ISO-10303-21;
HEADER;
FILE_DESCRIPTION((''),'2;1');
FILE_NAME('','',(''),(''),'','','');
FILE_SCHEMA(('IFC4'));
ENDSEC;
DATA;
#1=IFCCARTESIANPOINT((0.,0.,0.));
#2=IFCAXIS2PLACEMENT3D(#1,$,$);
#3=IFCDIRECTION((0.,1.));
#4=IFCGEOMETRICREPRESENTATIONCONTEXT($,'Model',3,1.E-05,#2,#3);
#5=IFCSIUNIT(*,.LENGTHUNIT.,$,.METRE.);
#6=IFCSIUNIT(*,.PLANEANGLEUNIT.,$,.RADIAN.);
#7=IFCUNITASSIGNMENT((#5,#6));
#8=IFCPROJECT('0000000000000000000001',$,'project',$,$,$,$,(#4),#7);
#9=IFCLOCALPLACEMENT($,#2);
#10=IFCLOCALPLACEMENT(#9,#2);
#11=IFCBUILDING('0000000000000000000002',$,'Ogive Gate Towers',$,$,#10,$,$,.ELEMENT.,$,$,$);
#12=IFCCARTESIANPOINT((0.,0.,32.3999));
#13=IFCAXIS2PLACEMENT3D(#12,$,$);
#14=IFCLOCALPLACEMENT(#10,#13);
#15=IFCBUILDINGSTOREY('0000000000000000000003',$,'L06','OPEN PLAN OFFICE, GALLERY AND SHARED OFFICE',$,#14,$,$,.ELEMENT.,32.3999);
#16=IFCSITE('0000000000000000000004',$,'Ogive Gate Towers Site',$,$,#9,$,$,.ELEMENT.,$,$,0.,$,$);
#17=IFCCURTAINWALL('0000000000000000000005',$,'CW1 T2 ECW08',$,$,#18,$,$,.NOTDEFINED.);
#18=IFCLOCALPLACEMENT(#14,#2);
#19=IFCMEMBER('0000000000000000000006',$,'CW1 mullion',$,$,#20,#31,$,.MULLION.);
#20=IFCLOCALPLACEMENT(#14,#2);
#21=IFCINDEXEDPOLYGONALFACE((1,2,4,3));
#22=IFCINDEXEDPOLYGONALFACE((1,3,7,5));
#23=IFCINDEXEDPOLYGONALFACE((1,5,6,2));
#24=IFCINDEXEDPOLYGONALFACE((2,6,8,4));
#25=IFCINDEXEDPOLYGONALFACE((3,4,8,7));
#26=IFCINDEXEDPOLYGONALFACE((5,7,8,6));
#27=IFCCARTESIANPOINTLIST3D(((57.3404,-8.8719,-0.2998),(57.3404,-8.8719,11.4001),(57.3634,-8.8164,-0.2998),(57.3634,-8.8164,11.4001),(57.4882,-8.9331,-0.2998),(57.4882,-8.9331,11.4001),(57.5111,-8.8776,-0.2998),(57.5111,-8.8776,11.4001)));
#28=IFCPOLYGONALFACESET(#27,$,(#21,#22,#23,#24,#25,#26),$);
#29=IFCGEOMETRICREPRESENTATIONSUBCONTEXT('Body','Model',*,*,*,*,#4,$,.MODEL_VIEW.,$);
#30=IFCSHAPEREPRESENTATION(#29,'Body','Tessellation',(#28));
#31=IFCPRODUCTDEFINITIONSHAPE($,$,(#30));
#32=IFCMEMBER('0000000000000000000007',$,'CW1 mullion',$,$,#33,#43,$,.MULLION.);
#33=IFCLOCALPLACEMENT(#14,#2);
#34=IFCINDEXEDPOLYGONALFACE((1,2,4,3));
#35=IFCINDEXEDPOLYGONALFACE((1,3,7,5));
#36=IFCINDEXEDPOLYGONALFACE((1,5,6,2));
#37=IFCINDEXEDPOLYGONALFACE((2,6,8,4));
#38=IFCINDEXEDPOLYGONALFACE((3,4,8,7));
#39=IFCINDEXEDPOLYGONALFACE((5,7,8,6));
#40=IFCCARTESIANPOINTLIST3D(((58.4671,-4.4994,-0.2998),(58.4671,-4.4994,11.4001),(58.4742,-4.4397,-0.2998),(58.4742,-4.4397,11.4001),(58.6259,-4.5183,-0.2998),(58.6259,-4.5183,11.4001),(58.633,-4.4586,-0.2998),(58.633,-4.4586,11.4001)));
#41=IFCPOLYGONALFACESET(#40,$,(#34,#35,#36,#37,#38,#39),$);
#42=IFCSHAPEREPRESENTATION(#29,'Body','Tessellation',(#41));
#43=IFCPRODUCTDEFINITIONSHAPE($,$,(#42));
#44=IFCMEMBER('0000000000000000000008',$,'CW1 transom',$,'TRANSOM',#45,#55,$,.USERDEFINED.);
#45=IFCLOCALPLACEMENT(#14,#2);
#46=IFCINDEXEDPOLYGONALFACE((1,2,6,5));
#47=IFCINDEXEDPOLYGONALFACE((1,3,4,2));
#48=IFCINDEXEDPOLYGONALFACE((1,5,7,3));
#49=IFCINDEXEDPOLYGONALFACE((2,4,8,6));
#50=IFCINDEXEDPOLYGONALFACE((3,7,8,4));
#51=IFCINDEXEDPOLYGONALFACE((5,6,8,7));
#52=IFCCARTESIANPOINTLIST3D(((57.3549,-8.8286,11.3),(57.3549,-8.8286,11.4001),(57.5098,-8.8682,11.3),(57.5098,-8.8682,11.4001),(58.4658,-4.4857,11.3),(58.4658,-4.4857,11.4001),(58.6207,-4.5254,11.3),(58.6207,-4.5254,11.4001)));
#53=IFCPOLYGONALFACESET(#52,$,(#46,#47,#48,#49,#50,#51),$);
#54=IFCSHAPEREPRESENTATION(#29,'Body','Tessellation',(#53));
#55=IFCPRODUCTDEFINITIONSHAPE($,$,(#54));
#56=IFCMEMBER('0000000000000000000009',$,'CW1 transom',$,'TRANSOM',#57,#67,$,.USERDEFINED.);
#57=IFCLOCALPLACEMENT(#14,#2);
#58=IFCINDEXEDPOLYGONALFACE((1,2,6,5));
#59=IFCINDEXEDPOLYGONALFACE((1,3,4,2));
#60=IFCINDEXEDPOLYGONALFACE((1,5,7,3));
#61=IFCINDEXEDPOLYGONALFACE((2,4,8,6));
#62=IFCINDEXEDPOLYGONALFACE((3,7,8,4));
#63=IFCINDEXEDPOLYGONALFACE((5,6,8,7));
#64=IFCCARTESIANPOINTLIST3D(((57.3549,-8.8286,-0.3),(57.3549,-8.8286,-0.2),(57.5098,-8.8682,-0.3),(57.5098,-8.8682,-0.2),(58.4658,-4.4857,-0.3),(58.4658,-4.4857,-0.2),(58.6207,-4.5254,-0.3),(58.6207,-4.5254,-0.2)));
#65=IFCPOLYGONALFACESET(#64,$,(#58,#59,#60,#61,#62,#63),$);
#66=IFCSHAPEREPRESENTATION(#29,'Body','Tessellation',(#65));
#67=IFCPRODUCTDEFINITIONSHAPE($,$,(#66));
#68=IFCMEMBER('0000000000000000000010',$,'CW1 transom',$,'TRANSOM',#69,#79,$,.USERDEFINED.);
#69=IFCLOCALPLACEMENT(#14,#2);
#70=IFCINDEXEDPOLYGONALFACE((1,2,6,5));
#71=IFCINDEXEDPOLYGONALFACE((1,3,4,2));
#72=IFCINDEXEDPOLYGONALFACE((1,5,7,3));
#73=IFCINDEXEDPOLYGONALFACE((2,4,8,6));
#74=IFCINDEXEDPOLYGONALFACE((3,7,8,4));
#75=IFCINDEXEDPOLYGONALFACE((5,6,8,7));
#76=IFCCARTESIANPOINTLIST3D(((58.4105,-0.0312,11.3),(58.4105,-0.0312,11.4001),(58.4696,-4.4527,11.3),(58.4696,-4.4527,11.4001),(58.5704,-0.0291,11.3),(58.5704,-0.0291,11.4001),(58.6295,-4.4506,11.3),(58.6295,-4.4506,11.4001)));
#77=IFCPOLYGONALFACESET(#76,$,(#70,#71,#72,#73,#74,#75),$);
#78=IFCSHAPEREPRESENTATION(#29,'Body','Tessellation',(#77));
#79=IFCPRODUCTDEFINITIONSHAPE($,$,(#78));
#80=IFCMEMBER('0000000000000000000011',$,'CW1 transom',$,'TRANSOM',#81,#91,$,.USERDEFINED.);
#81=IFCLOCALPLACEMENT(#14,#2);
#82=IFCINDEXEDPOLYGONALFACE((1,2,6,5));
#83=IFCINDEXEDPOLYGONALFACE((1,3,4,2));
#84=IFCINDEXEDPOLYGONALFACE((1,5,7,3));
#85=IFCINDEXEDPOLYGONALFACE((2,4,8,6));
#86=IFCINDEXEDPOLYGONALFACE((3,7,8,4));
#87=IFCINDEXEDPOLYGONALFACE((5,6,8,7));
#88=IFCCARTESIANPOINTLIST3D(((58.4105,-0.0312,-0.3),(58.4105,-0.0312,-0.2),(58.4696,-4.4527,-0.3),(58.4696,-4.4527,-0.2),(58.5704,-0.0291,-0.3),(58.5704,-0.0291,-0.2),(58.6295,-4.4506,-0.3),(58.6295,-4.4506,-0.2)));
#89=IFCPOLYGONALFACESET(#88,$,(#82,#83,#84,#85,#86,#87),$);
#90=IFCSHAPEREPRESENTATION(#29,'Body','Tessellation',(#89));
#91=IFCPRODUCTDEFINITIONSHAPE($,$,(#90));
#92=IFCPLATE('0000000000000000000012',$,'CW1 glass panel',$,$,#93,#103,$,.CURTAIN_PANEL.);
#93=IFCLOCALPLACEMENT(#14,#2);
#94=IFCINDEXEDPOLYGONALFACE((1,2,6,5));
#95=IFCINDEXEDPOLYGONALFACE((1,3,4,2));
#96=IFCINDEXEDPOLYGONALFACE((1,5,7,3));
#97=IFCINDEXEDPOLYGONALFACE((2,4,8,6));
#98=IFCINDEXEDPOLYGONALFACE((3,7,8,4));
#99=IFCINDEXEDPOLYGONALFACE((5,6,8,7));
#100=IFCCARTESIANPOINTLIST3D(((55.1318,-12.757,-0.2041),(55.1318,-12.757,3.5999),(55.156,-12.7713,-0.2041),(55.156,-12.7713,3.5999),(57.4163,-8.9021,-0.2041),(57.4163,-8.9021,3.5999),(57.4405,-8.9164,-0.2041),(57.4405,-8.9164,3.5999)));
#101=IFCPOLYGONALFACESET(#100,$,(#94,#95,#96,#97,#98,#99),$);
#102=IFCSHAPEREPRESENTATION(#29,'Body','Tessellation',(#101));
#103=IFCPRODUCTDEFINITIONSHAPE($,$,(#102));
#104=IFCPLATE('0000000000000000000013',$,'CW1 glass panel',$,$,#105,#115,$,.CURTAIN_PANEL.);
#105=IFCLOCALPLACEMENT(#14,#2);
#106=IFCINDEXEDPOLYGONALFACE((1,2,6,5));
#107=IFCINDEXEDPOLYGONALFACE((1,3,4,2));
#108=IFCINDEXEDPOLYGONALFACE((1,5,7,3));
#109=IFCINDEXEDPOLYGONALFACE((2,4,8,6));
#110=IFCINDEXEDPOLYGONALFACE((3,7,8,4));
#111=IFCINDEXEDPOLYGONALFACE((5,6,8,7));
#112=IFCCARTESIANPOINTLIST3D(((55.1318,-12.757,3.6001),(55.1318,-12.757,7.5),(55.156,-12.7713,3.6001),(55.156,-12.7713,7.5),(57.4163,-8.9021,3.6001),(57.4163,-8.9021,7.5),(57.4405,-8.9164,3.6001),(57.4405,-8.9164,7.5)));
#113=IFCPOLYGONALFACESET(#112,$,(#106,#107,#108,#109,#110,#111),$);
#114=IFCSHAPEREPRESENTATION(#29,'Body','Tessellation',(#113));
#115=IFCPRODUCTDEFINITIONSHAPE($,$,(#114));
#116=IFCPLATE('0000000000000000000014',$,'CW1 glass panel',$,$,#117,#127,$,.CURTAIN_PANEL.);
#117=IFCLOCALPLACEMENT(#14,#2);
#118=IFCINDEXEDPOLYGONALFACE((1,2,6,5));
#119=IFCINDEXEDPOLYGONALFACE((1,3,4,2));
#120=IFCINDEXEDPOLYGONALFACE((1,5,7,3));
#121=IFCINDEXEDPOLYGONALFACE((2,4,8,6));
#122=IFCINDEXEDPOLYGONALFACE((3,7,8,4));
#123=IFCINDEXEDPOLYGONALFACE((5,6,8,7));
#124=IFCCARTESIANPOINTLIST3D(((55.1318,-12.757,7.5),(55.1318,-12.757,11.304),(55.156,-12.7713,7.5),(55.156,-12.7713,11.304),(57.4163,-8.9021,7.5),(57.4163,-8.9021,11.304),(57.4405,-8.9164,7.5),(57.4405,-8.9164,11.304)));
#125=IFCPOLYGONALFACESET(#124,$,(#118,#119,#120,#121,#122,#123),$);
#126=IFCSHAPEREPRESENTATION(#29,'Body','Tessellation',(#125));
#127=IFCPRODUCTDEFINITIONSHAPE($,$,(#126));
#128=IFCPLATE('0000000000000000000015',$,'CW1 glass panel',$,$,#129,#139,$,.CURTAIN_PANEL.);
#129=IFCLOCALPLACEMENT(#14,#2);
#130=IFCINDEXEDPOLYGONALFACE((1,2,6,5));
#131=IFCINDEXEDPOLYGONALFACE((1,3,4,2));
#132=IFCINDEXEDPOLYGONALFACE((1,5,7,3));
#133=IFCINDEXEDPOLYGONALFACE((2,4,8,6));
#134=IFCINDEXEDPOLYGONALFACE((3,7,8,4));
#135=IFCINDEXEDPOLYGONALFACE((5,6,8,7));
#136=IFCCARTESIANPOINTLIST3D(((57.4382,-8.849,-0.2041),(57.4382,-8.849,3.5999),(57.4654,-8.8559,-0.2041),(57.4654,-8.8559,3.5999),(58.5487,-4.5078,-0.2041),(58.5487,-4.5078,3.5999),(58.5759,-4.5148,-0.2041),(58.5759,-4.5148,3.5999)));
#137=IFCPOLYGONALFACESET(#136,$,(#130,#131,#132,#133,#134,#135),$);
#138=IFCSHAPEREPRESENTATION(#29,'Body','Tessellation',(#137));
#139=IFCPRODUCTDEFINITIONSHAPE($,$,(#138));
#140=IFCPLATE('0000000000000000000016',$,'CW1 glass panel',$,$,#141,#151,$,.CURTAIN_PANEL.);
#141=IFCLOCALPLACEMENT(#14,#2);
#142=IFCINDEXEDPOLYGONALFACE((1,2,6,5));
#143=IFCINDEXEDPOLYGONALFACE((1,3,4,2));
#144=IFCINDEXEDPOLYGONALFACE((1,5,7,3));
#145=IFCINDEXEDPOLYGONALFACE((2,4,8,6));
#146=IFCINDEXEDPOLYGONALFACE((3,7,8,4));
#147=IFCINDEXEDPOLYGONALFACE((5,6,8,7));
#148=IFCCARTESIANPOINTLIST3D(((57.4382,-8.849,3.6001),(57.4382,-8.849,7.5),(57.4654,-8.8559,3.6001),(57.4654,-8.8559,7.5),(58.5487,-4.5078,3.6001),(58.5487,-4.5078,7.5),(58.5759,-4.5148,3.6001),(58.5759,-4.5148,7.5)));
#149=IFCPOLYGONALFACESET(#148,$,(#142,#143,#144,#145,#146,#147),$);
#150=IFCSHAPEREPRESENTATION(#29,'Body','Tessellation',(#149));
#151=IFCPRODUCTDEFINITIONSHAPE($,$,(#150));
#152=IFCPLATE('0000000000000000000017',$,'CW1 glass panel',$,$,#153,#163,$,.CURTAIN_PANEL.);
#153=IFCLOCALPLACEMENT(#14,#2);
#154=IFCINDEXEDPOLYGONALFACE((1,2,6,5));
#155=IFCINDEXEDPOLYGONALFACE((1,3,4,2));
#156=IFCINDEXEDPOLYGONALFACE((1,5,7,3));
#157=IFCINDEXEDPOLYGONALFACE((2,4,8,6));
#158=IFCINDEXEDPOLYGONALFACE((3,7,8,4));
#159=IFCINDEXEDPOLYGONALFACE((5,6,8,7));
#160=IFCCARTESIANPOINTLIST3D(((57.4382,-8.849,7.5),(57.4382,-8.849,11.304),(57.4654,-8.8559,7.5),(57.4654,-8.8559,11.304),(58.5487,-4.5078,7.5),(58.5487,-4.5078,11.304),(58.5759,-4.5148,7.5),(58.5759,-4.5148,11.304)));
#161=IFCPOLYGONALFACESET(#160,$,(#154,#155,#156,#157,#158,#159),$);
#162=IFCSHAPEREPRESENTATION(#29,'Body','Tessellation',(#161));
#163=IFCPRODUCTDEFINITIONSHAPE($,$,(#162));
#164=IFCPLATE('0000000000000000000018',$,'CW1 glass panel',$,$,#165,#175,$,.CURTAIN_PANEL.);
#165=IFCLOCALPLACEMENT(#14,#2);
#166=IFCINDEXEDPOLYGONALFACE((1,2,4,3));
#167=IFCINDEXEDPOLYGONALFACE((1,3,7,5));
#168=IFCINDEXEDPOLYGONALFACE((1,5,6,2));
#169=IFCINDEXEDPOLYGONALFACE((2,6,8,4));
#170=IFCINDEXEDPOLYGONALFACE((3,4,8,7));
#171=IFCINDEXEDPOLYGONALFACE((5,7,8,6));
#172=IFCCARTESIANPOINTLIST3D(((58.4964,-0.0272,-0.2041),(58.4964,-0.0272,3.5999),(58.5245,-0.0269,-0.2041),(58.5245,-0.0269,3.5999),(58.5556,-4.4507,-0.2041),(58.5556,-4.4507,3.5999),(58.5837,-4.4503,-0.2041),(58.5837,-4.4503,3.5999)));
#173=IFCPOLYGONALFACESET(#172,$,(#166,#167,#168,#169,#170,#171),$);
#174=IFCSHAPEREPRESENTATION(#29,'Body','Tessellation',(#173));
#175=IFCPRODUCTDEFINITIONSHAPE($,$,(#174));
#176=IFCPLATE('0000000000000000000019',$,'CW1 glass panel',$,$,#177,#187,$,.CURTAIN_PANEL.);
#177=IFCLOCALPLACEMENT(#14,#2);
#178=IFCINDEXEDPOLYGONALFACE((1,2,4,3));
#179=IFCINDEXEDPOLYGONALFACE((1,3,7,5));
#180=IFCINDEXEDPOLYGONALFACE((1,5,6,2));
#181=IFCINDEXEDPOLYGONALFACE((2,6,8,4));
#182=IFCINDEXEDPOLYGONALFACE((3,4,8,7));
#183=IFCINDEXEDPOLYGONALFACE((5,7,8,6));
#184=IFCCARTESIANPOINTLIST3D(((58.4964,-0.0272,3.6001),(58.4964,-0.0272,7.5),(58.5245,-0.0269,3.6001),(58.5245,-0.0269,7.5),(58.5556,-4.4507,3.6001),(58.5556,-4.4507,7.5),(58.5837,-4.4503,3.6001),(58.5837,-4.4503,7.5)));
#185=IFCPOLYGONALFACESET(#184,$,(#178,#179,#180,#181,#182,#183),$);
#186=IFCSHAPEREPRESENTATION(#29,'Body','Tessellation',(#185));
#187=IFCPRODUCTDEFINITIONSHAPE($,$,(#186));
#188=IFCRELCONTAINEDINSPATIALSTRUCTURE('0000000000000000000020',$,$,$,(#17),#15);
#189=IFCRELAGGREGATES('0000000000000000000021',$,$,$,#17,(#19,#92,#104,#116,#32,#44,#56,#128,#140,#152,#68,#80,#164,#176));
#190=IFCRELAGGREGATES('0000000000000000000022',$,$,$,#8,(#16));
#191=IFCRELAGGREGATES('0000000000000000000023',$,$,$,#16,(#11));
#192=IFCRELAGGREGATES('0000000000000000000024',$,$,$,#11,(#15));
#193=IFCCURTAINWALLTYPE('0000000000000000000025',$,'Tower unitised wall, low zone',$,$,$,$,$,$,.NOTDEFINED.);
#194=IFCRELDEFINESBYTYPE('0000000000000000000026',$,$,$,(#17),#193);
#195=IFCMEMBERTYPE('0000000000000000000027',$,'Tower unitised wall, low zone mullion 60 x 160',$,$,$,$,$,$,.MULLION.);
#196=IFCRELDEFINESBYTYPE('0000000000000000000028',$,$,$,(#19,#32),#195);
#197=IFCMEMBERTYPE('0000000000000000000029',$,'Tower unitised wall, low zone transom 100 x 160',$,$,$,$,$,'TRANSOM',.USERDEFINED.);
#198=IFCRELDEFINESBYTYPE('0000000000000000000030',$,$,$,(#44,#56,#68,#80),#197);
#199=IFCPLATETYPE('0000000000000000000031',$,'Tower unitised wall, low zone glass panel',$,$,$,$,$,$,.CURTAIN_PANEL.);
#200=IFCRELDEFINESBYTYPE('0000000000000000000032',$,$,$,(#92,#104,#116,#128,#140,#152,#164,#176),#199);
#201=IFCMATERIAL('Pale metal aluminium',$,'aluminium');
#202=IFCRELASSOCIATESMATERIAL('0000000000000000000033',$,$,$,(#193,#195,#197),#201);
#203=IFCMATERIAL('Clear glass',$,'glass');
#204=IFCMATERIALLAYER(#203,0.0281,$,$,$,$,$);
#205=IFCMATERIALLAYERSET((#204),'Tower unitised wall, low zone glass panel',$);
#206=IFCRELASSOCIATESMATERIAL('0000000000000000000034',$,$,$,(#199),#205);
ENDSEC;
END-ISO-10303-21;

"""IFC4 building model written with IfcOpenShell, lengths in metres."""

from ifc_helpers import new_model, si_unit, direction, frame, origin, origin_2d, place, context, subcontext, project, spatial, rectangle, extrude, material, layer, layer_set, material_profile, profile_set, type_object, element, aggregate, save


model = new_model("IFC4")

# Units and contexts
model_context = context("Model", 3, precision=1e-05, world=origin(), true_north=direction((0.0, 1.0)))
body_context = subcontext(model_context, "Body", "Model", "MODEL_VIEW")
ifc_project = project(units=[si_unit("LENGTHUNIT", "METRE"), si_unit("PLANEANGLEUNIT", "RADIAN")], contexts=[model_context])

# Site, building, storey
site_placement = place(None, origin())
site = spatial("IfcSite", under=ifc_project, at=site_placement, Name="Ogive Gate Towers Site", CompositionType="ELEMENT", RefElevation=0.0)
building_placement = place(site_placement, origin())
building = spatial("IfcBuilding", under=site, at=building_placement, Name="Ogive Gate Towers", CompositionType="ELEMENT")
storey_placement = place(building_placement, frame((0.0, 0.0, 32.3999)))
storey = spatial("IfcBuildingStorey", under=building, at=storey_placement, Name="L06", Description="OPEN PLAN OFFICE, GALLERY AND SHARED OFFICE", CompositionType="ELEMENT", Elevation=32.3999)

# Curtain wall, members, plates
ifc_material_1 = material(Name="Pale metal aluminium", Category="aluminium")
curtain_wall_type = type_object("IfcCurtainWallType", Name="Tower unitised wall, low zone", PredefinedType="NOTDEFINED", material=ifc_material_1)
curtain_wall_placement = place(storey_placement, origin())
curtain_wall = element("IfcCurtainWall", 1, at=curtain_wall_placement, inside=storey, type_object=curtain_wall_type, Name="CW1 T2 ECW08", PredefinedType="NOTDEFINED")
ifc_material_profile_1 = material_profile(ifc_material_1, rectangle(XDim=0.1599, YDim=0.0601, at=origin_2d()), Name="60 x 160 aluminium box")
ifc_profile_set_1 = profile_set([ifc_material_profile_1], Name="Pale metal aluminium")
member_type_1 = type_object("IfcMemberType", Name="Tower unitised wall, low zone mullion 60 x 160", PredefinedType="MULLION", material=ifc_profile_set_1)
member_1_placement = place(storey_placement, frame((57.4258, -8.8748, -0.2998), z_axis=(0.0, 0.0, 1.0), x_axis=(0.92388, -0.382683, 0.0)))
member_1 = element("IfcMember", 2, at=member_1_placement, type_object=member_type_1, Name="CW1 mullion", PredefinedType="MULLION", context=body_context, shape_type="SweptSolid", body=[
    extrude(rectangle(XDim=0.1599, YDim=0.0601, at=origin_2d()), origin(), (0.0, 0.0, 1.0), 11.7),
])
member_2_placement = place(storey_placement, frame((58.55, -4.479, -0.2998), z_axis=(0.0, 0.0, 1.0), x_axis=(0.992984, -0.118248, 0.0)))
member_2 = element("IfcMember", 3, at=member_2_placement, type_object=member_type_1, Name="CW1 mullion", PredefinedType="MULLION", context=body_context, shape_type="SweptSolid", body=[
    extrude(rectangle(XDim=0.1599, YDim=0.0601, at=origin_2d()), origin(), (0.0, 0.0, 1.0), 11.7),
])
ifc_material_profile_2 = material_profile(ifc_material_1, rectangle(XDim=0.1599, YDim=0.1001, at=origin_2d()), Name="100 x 160 aluminium box")
ifc_profile_set_2 = profile_set([ifc_material_profile_2], Name="Pale metal aluminium")
member_type_2 = type_object("IfcMemberType", Name="Tower unitised wall, low zone transom 100 x 160", ElementType="TRANSOM", PredefinedType="USERDEFINED", material=ifc_profile_set_2)
member_3_placement = place(storey_placement, frame((57.4324, -8.8484, 11.3501), z_axis=(0.247812, 0.968808, 0.0), x_axis=(-0.968808, 0.247812, 0.0)))
member_3 = element("IfcMember", 4, at=member_3_placement, type_object=member_type_2, Name="CW1 transom", ObjectType="TRANSOM", PredefinedType="USERDEFINED", context=body_context, shape_type="SweptSolid", body=[
    extrude(rectangle(XDim=0.1599, YDim=0.1001, at=origin_2d()), origin(), (0.0, 0.0, 1.0), 4.4827),
])
member_4_placement = place(storey_placement, frame((57.4324, -8.8484, -0.25), z_axis=(0.247812, 0.968808, 0.0), x_axis=(-0.968808, 0.247812, 0.0)))
member_4 = element("IfcMember", 5, at=member_4_placement, type_object=member_type_2, Name="CW1 transom", ObjectType="TRANSOM", PredefinedType="USERDEFINED", context=body_context, shape_type="SweptSolid", body=[
    extrude(rectangle(XDim=0.1599, YDim=0.1001, at=origin_2d()), origin(), (0.0, 0.0, 1.0), 4.4827),
])
member_5_placement = place(storey_placement, frame((58.5496, -4.4517, 11.3501), z_axis=(-0.013362, 0.999911, 0.0), x_axis=(-0.999911, -0.013362, 0.0)))
member_5 = element("IfcMember", 6, at=member_5_placement, type_object=member_type_2, Name="CW1 transom", ObjectType="TRANSOM", PredefinedType="USERDEFINED", context=body_context, shape_type="SweptSolid", body=[
    extrude(rectangle(XDim=0.1599, YDim=0.1001, at=origin_2d()), origin(), (0.0, 0.0, 1.0), 4.4219),
])
member_6_placement = place(storey_placement, frame((58.5496, -4.4517, -0.25), z_axis=(-0.013362, 0.999911, 0.0), x_axis=(-0.999911, -0.013362, 0.0)))
member_6 = element("IfcMember", 7, at=member_6_placement, type_object=member_type_2, Name="CW1 transom", ObjectType="TRANSOM", PredefinedType="USERDEFINED", context=body_context, shape_type="SweptSolid", body=[
    extrude(rectangle(XDim=0.1599, YDim=0.1001, at=origin_2d()), origin(), (0.0, 0.0, 1.0), 4.4219),
])
ifc_material_2 = material(Name="Clear glass", Category="glass")
ifc_layer_1 = layer(ifc_material_2, 0.0281)
ifc_layer_set_1 = layer_set([ifc_layer_1], Name="Tower unitised wall, low zone glass panel")
plate_type = type_object("IfcPlateType", Name="Tower unitised wall, low zone glass panel", PredefinedType="CURTAIN_PANEL", material=ifc_layer_set_1)
plate_1_placement = place(storey_placement, frame((56.2861, -10.8367, -0.2041), z_axis=(0.0, 0.0, 1.0), x_axis=(0.509822, 0.86028, 0.0)))
plate_1 = element("IfcPlate", 8, at=plate_1_placement, type_object=plate_type, Name="CW1 glass panel", PredefinedType="CURTAIN_PANEL", context=body_context, shape_type="SweptSolid", body=[
    extrude(rectangle(XDim=4.481, YDim=0.0281, at=origin_2d()), origin(), (0.0, 0.0, 1.0), 3.804),
])
plate_2_placement = place(storey_placement, frame((56.2861, -10.8367, 3.6001), z_axis=(0.0, 0.0, 1.0), x_axis=(0.509822, 0.86028, 0.0)))
plate_2 = element("IfcPlate", 9, at=plate_2_placement, type_object=plate_type, Name="CW1 glass panel", PredefinedType="CURTAIN_PANEL", context=body_context, shape_type="SweptSolid", body=[
    extrude(rectangle(XDim=4.481, YDim=0.0281, at=origin_2d()), origin(), (0.0, 0.0, 1.0), 3.8999),
])
plate_3_placement = place(storey_placement, frame((56.2861, -10.8367, 7.5), z_axis=(0.0, 0.0, 1.0), x_axis=(0.509822, 0.86028, 0.0)))
plate_3 = element("IfcPlate", 10, at=plate_3_placement, type_object=plate_type, Name="CW1 glass panel", PredefinedType="CURTAIN_PANEL", context=body_context, shape_type="SweptSolid", body=[
    extrude(rectangle(XDim=4.481, YDim=0.0281, at=origin_2d()), origin(), (0.0, 0.0, 1.0), 3.804),
])
plate_4_placement = place(storey_placement, frame((58.0071, -6.6819, -0.2041), z_axis=(0.0, 0.0, 1.0), x_axis=(0.247828, 0.968804, 0.0)))
plate_4 = element("IfcPlate", 11, at=plate_4_placement, type_object=plate_type, Name="CW1 glass panel", PredefinedType="CURTAIN_PANEL", context=body_context, shape_type="SweptSolid", body=[
    extrude(rectangle(XDim=4.481, YDim=0.0281, at=origin_2d()), origin(), (0.0, 0.0, 1.0), 3.804),
])
plate_5_placement = place(storey_placement, frame((58.0071, -6.6819, 3.6001), z_axis=(0.0, 0.0, 1.0), x_axis=(0.247828, 0.968804, 0.0)))
plate_5 = element("IfcPlate", 12, at=plate_5_placement, type_object=plate_type, Name="CW1 glass panel", PredefinedType="CURTAIN_PANEL", context=body_context, shape_type="SweptSolid", body=[
    extrude(rectangle(XDim=4.481, YDim=0.0281, at=origin_2d()), origin(), (0.0, 0.0, 1.0), 3.8999),
])
plate_6_placement = place(storey_placement, frame((58.0071, -6.6819, 7.5), z_axis=(0.0, 0.0, 1.0), x_axis=(0.247828, 0.968804, 0.0)))
plate_6 = element("IfcPlate", 13, at=plate_6_placement, type_object=plate_type, Name="CW1 glass panel", PredefinedType="CURTAIN_PANEL", context=body_context, shape_type="SweptSolid", body=[
    extrude(rectangle(XDim=4.481, YDim=0.0281, at=origin_2d()), origin(), (0.0, 0.0, 1.0), 3.804),
])
plate_7_placement = place(storey_placement, frame((58.54, -2.2388, -0.2041), z_axis=(0.0, 0.0, 1.0), x_axis=(-0.013386, 0.99991, 0.0)))
plate_7 = element("IfcPlate", 14, at=plate_7_placement, type_object=plate_type, Name="CW1 glass panel", PredefinedType="CURTAIN_PANEL", context=body_context, shape_type="SweptSolid", body=[
    extrude(rectangle(XDim=4.4238, YDim=0.0281, at=origin_2d()), origin(), (0.0, 0.0, 1.0), 3.804),
])
plate_8_placement = place(storey_placement, frame((58.54, -2.2388, 3.6001), z_axis=(0.0, 0.0, 1.0), x_axis=(-0.013386, 0.99991, 0.0)))
plate_8 = element("IfcPlate", 15, at=plate_8_placement, type_object=plate_type, Name="CW1 glass panel", PredefinedType="CURTAIN_PANEL", context=body_context, shape_type="SweptSolid", body=[
    extrude(rectangle(XDim=4.4238, YDim=0.0281, at=origin_2d()), origin(), (0.0, 0.0, 1.0), 3.8999),
])
aggregate(curtain_wall, [member_1, plate_1, plate_2, plate_3, member_2, member_3, member_4, plate_4, plate_5, plate_6, member_5, member_6, plate_7, plate_8])

save(model, "model.ifc")
